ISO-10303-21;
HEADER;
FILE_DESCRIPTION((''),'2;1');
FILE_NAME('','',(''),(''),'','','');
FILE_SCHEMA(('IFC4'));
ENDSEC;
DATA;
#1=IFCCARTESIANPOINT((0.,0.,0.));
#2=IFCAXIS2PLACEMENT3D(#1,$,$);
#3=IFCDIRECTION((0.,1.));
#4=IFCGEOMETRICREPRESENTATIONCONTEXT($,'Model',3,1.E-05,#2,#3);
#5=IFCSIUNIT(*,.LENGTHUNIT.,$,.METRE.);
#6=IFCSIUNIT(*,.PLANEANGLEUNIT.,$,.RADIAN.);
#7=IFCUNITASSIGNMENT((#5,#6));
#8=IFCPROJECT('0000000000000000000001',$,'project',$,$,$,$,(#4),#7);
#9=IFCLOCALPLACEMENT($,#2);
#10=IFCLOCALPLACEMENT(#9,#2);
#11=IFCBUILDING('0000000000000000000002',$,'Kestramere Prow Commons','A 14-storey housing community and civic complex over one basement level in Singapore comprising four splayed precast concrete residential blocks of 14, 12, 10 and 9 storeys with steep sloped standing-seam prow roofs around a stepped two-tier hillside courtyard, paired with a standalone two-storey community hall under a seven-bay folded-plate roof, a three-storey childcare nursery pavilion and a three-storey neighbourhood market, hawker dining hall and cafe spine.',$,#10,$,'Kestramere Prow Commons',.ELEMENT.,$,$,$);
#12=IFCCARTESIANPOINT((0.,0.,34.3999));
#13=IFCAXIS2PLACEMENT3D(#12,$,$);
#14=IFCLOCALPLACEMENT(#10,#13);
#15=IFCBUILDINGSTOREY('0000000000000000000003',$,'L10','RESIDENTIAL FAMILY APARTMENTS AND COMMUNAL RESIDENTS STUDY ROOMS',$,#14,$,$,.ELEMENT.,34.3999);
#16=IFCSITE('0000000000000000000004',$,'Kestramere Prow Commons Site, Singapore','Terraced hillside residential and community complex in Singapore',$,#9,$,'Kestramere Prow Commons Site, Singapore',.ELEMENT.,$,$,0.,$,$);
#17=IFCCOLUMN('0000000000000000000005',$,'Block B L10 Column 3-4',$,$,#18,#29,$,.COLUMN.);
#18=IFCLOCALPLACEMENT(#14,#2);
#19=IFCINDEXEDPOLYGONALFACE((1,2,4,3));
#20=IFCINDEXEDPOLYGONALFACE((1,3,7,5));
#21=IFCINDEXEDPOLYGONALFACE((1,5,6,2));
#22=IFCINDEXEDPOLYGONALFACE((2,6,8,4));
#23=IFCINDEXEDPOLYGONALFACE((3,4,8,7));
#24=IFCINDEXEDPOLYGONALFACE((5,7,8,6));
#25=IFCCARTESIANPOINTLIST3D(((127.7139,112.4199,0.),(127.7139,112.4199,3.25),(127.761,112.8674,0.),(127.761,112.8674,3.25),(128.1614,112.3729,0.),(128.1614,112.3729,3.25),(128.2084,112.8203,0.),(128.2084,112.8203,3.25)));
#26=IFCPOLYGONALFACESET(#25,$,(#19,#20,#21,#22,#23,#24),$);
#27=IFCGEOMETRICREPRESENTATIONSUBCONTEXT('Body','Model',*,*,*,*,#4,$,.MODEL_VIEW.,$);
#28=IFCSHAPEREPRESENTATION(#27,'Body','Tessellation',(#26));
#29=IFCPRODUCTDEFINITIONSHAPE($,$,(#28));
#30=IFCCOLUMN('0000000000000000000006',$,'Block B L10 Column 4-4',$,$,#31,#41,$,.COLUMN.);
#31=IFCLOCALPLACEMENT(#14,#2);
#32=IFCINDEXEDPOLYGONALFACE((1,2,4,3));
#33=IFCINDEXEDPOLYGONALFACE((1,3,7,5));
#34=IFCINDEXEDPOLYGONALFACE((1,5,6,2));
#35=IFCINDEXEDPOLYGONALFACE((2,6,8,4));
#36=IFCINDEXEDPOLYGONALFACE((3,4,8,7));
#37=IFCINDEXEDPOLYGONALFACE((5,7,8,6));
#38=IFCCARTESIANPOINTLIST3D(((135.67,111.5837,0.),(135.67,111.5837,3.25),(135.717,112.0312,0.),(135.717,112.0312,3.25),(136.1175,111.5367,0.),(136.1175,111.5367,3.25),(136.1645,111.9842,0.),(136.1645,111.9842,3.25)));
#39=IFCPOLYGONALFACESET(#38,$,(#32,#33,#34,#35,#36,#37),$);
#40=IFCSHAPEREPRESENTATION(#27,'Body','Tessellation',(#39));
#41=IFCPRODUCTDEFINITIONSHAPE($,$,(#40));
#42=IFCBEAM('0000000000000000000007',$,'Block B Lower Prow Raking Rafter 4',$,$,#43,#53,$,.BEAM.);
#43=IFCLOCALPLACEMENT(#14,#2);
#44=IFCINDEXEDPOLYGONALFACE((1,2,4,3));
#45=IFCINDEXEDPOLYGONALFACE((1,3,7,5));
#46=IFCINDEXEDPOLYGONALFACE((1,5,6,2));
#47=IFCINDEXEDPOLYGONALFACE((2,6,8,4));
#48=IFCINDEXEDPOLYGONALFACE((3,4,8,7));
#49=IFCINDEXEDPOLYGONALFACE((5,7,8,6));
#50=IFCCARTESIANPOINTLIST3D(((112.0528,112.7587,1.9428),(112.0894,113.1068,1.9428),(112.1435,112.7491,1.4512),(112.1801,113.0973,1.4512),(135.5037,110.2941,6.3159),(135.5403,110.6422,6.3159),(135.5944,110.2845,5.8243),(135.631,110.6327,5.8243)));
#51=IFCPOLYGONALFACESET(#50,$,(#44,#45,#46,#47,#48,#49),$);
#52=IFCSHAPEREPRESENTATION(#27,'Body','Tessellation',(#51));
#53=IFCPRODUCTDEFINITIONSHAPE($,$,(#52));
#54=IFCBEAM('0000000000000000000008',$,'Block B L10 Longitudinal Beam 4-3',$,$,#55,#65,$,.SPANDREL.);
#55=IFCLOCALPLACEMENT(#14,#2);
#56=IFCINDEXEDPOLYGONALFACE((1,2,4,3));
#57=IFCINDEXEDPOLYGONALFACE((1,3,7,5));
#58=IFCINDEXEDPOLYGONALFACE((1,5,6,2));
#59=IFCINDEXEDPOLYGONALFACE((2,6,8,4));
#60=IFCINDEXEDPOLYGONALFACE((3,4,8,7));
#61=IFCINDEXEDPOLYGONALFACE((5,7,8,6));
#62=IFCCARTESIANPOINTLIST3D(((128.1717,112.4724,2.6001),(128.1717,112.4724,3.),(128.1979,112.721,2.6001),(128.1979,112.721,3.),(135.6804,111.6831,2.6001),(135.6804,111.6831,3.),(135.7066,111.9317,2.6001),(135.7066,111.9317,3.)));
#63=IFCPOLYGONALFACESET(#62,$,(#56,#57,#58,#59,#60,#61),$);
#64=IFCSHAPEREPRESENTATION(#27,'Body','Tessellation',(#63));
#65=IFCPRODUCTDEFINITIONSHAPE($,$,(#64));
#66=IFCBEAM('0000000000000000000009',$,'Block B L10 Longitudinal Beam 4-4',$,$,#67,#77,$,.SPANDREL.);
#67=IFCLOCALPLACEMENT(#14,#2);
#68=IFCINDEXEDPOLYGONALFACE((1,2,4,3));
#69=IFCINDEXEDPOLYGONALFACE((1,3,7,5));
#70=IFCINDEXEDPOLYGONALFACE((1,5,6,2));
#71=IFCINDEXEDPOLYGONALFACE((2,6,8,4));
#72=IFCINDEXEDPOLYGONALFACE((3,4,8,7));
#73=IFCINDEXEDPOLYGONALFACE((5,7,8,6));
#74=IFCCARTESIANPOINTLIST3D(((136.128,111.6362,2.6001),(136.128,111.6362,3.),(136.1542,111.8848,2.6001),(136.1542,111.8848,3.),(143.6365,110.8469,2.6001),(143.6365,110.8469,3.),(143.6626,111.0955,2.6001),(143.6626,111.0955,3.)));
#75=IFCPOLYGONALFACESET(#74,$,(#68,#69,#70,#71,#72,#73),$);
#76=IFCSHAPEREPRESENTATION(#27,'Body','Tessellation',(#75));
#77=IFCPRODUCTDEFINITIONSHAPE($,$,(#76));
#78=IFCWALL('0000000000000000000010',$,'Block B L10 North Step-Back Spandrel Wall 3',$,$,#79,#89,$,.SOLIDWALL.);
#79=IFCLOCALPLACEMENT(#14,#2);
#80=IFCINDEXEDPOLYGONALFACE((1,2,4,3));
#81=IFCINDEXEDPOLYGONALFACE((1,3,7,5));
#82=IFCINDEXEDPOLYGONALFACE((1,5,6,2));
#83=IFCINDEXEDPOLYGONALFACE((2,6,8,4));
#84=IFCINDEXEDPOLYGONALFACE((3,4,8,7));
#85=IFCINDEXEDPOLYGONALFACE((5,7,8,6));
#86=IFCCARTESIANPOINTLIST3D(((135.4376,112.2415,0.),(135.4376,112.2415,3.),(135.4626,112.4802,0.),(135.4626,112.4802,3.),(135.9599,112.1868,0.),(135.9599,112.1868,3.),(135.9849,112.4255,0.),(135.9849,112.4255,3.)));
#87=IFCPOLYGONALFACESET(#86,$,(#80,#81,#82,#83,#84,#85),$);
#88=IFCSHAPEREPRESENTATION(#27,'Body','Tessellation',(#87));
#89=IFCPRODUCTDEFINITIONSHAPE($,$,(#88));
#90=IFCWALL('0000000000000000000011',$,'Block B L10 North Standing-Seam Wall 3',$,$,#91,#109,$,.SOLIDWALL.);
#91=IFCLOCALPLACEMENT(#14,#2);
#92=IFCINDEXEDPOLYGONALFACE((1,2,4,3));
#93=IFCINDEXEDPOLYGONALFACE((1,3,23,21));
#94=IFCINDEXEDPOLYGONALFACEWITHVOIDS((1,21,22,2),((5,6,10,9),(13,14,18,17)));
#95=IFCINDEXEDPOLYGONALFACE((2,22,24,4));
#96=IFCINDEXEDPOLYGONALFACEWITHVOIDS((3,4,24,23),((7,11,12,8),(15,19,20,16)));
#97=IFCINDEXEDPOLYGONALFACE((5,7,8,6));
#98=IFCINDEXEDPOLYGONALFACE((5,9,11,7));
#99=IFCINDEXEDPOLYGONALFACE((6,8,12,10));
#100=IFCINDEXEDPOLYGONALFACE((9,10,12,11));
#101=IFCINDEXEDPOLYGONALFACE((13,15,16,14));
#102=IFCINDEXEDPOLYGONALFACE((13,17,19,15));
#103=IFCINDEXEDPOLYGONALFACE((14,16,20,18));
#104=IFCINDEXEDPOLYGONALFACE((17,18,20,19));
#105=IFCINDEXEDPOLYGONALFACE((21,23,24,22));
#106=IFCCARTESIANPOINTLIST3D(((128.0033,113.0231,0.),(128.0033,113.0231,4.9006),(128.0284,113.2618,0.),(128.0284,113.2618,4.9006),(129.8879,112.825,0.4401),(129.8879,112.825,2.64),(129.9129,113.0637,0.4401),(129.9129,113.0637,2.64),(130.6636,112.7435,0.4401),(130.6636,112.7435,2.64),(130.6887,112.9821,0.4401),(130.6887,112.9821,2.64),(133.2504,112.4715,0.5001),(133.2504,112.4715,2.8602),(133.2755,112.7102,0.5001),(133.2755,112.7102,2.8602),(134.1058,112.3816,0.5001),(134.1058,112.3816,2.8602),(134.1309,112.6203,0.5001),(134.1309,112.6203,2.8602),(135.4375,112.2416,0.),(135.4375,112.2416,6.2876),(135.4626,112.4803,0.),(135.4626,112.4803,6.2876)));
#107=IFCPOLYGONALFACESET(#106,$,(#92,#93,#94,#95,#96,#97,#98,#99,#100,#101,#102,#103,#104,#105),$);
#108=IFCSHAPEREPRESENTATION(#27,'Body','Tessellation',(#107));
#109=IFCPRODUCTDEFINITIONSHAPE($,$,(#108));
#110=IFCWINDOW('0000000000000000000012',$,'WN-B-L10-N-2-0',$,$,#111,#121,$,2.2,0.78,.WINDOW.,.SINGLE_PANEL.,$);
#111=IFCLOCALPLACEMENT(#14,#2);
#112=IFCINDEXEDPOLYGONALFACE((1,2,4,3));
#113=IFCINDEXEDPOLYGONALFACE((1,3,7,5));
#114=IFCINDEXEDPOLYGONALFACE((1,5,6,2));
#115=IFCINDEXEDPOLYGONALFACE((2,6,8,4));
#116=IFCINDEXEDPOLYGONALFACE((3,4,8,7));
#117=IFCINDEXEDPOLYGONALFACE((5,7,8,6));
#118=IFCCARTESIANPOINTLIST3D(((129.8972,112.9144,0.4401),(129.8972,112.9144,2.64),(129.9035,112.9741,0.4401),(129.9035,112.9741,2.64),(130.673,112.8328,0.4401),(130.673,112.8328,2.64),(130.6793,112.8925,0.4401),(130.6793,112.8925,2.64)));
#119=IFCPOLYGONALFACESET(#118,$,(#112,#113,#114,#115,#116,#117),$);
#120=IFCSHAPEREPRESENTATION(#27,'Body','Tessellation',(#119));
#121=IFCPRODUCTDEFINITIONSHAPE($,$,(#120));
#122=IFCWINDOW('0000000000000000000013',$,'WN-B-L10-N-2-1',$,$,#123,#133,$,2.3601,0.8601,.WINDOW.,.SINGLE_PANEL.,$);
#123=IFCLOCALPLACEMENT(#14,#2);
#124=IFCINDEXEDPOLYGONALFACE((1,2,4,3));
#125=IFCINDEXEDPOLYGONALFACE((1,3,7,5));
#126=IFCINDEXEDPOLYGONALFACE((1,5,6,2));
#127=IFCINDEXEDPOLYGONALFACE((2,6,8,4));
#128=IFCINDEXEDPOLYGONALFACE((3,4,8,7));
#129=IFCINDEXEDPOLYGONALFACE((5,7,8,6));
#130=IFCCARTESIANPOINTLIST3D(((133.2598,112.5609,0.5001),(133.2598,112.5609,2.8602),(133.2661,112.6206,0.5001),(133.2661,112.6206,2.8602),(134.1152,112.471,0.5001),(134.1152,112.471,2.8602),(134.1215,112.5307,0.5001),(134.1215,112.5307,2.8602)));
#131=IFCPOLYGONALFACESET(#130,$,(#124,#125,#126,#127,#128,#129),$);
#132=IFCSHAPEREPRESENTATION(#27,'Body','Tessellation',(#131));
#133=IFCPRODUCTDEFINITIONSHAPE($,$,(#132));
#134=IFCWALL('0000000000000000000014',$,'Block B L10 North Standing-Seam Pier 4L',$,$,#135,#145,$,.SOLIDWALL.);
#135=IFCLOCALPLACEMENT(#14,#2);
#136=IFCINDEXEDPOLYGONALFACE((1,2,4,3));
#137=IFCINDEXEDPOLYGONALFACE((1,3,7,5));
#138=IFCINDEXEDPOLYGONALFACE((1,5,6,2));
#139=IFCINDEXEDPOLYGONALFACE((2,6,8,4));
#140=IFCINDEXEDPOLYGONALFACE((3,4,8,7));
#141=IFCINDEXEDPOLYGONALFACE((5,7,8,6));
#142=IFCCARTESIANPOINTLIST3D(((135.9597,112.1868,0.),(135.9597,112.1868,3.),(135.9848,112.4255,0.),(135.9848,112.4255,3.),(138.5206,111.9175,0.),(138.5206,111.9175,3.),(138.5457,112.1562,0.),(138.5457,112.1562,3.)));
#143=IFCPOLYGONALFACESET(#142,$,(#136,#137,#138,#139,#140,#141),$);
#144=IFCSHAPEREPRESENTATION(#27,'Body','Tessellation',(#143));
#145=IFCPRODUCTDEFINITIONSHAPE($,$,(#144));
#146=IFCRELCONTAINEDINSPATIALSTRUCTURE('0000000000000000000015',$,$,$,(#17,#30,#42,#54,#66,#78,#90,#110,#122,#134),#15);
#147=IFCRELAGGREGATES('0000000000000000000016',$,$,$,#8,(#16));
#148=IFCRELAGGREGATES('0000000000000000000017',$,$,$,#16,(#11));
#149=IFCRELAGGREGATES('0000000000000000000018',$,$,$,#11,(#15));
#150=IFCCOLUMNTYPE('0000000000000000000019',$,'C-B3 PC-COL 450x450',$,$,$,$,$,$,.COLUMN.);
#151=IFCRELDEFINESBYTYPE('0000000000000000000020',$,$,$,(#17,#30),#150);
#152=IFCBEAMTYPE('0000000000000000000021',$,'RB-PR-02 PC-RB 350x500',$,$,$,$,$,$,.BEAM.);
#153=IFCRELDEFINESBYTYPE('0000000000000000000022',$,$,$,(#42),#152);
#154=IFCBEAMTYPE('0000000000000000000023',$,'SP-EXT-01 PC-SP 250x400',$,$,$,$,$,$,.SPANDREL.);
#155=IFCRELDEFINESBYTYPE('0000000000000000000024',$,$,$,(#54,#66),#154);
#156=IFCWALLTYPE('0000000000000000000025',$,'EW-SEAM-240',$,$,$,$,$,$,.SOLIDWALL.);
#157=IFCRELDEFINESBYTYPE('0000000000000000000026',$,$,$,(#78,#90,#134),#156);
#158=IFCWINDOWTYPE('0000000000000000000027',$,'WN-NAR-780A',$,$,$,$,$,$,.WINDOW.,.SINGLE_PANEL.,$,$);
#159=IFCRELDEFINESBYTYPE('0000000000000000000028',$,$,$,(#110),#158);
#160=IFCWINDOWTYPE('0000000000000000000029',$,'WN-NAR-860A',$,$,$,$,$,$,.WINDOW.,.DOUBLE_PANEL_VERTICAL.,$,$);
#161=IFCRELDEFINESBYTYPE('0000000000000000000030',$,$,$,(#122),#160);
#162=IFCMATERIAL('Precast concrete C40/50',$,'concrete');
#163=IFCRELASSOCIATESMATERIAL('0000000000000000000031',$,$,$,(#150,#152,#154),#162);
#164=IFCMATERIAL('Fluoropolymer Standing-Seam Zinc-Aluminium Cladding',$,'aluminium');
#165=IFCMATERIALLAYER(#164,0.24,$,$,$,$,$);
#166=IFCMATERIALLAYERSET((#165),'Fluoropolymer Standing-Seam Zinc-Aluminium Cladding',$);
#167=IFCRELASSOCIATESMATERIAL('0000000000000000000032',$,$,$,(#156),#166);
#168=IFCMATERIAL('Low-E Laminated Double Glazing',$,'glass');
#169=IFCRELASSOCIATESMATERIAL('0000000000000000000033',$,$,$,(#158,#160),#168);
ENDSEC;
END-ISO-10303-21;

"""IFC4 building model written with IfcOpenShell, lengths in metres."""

from ifc_helpers import new_model, si_unit, direction, frame, frame_2d, origin, origin_2d, place, context, subcontext, project, spatial, polyline, rectangle, outline, extrude, material, layer, layer_set, material_profile, profile_set, type_object, element, fill, save


model = new_model("IFC4")

# Units and contexts
model_context = context("Model", 3, precision=1e-05, world=origin(), true_north=direction((0.0, 1.0)))
body_context = subcontext(model_context, "Body", "Model", "MODEL_VIEW")
ifc_project = project(units=[si_unit("LENGTHUNIT", "METRE"), si_unit("PLANEANGLEUNIT", "RADIAN")], contexts=[model_context])

# Site, building, storey
site_placement = place(None, origin())
site = spatial("IfcSite", under=ifc_project, at=site_placement, Name="Kestramere Prow Commons Site, Singapore", Description="Terraced hillside residential and community complex in Singapore", LongName="Kestramere Prow Commons Site, Singapore", CompositionType="ELEMENT", RefElevation=0.0)
building_placement = place(site_placement, origin())
building = spatial("IfcBuilding", under=site, at=building_placement, Name="Kestramere Prow Commons", Description="A 14-storey housing community and civic complex over one basement level in Singapore comprising four splayed precast concrete residential blocks of 14, 12, 10 and 9 storeys with steep sloped standing-seam prow roofs around a stepped two-tier hillside courtyard, paired with a standalone two-storey community hall under a seven-bay folded-plate roof, a three-storey childcare nursery pavilion and a three-storey neighbourhood market, hawker dining hall and cafe spine.", LongName="Kestramere Prow Commons", CompositionType="ELEMENT")
storey_placement = place(building_placement, frame((0.0, 0.0, 34.3999)))
storey = spatial("IfcBuildingStorey", under=building, at=storey_placement, Name="L10", Description="RESIDENTIAL FAMILY APARTMENTS AND COMMUNAL RESIDENTS STUDY ROOMS", CompositionType="ELEMENT", Elevation=34.3999)

# Columns
ifc_material_1 = material(Name="Precast concrete C40/50", Category="concrete")
ifc_material_profile_1 = material_profile(ifc_material_1, rectangle(XDim=0.45, YDim=0.45, at=origin_2d()), Name="PC-COL 450x450")
ifc_profile_set_1 = profile_set([ifc_material_profile_1], Name="Precast concrete C40/50")
column_type = type_object("IfcColumnType", Name="C-B3 PC-COL 450x450", PredefinedType="COLUMN", material=ifc_profile_set_1)
for number, where, z_axis, x_axis, name in (
    (1, (127.9612, 112.6201, 0.0), (0.0, 0.0, 1.0), (0.994522, -0.104528, 0.0), "Block B L10 Column 3-4"),
    (2, (135.9172, 111.7839, 0.0), (0.0, 0.0, 1.0), (0.994522, -0.104528, 0.0), "Block B L10 Column 4-4"),
):
    element("IfcColumn", number, at=place(storey_placement, frame(where, z_axis=z_axis, x_axis=x_axis)), inside=storey, type_object=column_type, Name=name, PredefinedType="COLUMN", context=body_context, shape_type="SweptSolid", body=[
        extrude(rectangle(XDim=0.45, YDim=0.45, at=origin_2d()), origin(), (0.0, 0.0, 1.0), 3.25),
    ])

# Beams
ifc_material_profile_2 = material_profile(ifc_material_1, rectangle(XDim=0.3501, YDim=0.5, at=origin_2d()), Name="PC-RB 350x500")
ifc_profile_set_2 = profile_set([ifc_material_profile_2], Name="Precast concrete C40/50")
beam_type_1 = type_object("IfcBeamType", Name="RB-PR-02 PC-RB 350x500", PredefinedType="BEAM", material=ifc_profile_set_2)
beam_1_placement = place(storey_placement, frame((135.5674, 110.4634, 6.0701), z_axis=(-0.977849, 0.102768, -0.182346), x_axis=(-0.10452, -0.994523, 0.0)))
element("IfcBeam", 3, at=beam_1_placement, inside=storey, type_object=beam_type_1, Name="Block B Lower Prow Raking Rafter 4", PredefinedType="BEAM", context=body_context, shape_type="SweptSolid", body=[
    extrude(rectangle(XDim=0.3501, YDim=0.5, at=origin_2d()), origin(), (0.0, 0.0, 1.0), 23.9822),
])
ifc_material_profile_3 = material_profile(ifc_material_1, rectangle(XDim=0.25, YDim=0.3999, at=origin_2d()), Name="PC-SP 250x400")
ifc_profile_set_3 = profile_set([ifc_material_profile_3], Name="Precast concrete C40/50")
beam_type_2 = type_object("IfcBeamType", Name="SP-EXT-01 PC-SP 250x400", PredefinedType="SPANDREL", material=ifc_profile_set_3)
beam_2_placement = place(storey_placement, frame((128.1848, 112.5967, 2.8), z_axis=(0.994521, -0.104542, 0.0), x_axis=(0.104542, 0.994521, 0.0)))
element("IfcBeam", 4, at=beam_2_placement, inside=storey, type_object=beam_type_2, Name="Block B L10 Longitudinal Beam 4-3", PredefinedType="SPANDREL", context=body_context, shape_type="SweptSolid", body=[
    extrude(rectangle(XDim=0.25, YDim=0.3999, at=origin_2d()), origin(), (0.0, 0.0, 1.0), 7.55),
])
beam_3_placement = place(storey_placement, frame((136.1411, 111.7605, 2.8), z_axis=(0.99452, -0.104545, 0.0), x_axis=(0.104545, 0.99452, 0.0)))
element("IfcBeam", 5, at=beam_3_placement, inside=storey, type_object=beam_type_2, Name="Block B L10 Longitudinal Beam 4-4", PredefinedType="SPANDREL", context=body_context, shape_type="SweptSolid", body=[
    extrude(rectangle(XDim=0.25, YDim=0.3999, at=origin_2d()), origin(), (0.0, 0.0, 1.0), 7.5498),
])

# Wall
ifc_material_2 = material(Name="Fluoropolymer Standing-Seam Zinc-Aluminium Cladding", Category="aluminium")
ifc_layer_1 = layer(ifc_material_2, 0.24)
ifc_layer_set_1 = layer_set([ifc_layer_1], Name="Fluoropolymer Standing-Seam Zinc-Aluminium Cladding")
wall_type_1 = type_object("IfcWallType", Name="EW-SEAM-240", PredefinedType="SOLIDWALL", material=ifc_layer_set_1)
wall_1_placement = place(storey_placement, frame((135.45, 112.3608, 0.0), z_axis=(0.0, 0.0, 1.0), x_axis=(0.994561, -0.104152, 0.0)))
element("IfcWall", 6, at=wall_1_placement, inside=storey, type_object=wall_type_1, Name="Block B L10 North Step-Back Spandrel Wall 3", PredefinedType="SOLIDWALL", context=body_context, shape_type="SweptSolid", body=[
    extrude(rectangle(XDim=0.5251, YDim=0.24, at=frame_2d((0.2627, 0.0))), origin(), (0.0, 0.0, 1.0), 3.0),
])

# Wall, openings, windows
wall_2_placement = place(storey_placement, frame((128.0159, 113.1423, 0.0), z_axis=(0.0, 0.0, 1.0), x_axis=(0.99452, -0.104547, 0.0)))
wall_2 = element("IfcWall", 7, at=wall_2_placement, inside=storey, type_object=wall_type_1, Name="Block B L10 North Standing-Seam Wall 3", PredefinedType="SOLIDWALL", context=body_context, shape_type="SweptSolid", body=[
    extrude(outline(polyline([(0.0, 0.0), (7.4751, 0.0), (7.4751, 6.2876), (0.0, 4.9006), (0.0, 0.0)])), frame((0.0, 0.1201, 0.0), z_axis=(0.0, -1.0, 0.0), x_axis=(1.0, 0.0, 0.0)), (0.0, 0.0, 1.0), 0.24),
])
opening_1_placement = place(wall_2_placement, frame((1.8948, 0.0, 0.4399)))
opening_1 = element("IfcOpeningElement", 8, at=opening_1_placement, cuts=wall_2, PredefinedType="OPENING", context=body_context, shape_type="SweptSolid", body=[
    extrude(rectangle(XDim=0.78, YDim=2.2, at=frame_2d((0.3901, 1.1001))), frame((0.0, 0.135, 0.0), z_axis=(0.0, -1.0, 0.0), x_axis=(1.0, 0.0, 0.0)), (0.0, 0.0, 1.0), 0.27),
])
opening_2_placement = place(wall_2_placement, frame((5.2759, 0.0, 0.5)))
opening_2 = element("IfcOpeningElement", 9, at=opening_2_placement, cuts=wall_2, PredefinedType="OPENING", context=body_context, shape_type="SweptSolid", body=[
    extrude(rectangle(XDim=0.8601, YDim=2.3601, at=frame_2d((0.4302, 1.1802))), frame((0.0, 0.135, 0.0), z_axis=(0.0, -1.0, 0.0), x_axis=(1.0, 0.0, 0.0)), (0.0, 0.0, 1.0), 0.27),
])
ifc_material_3 = material(Name="Low-E Laminated Double Glazing", Category="glass")
window_type_1 = type_object("IfcWindowType", Name="WN-NAR-780A", PartitioningType="SINGLE_PANEL", PredefinedType="WINDOW", material=ifc_material_3)
window_1_placement = place(opening_1_placement, origin())
window_1 = element("IfcWindow", 10, at=window_1_placement, inside=storey, type_object=window_type_1, Name="WN-B-L10-N-2-0", OverallHeight=2.2, OverallWidth=0.78, PartitioningType="SINGLE_PANEL", PredefinedType="WINDOW", context=body_context, shape_type="SweptSolid", body=[
    extrude(rectangle(XDim=0.78, YDim=2.2, at=frame_2d((0.3901, 1.1001))), frame((0.0, 0.03, 0.0), z_axis=(0.0, -1.0, 0.0), x_axis=(1.0, 0.0, 0.0)), (0.0, 0.0, 1.0), 0.0601),
])
fill(opening_1, window_1)
window_type_2 = type_object("IfcWindowType", Name="WN-NAR-860A", PartitioningType="DOUBLE_PANEL_VERTICAL", PredefinedType="WINDOW", material=ifc_material_3)
window_2_placement = place(opening_2_placement, origin())
window_2 = element("IfcWindow", 11, at=window_2_placement, inside=storey, type_object=window_type_2, Name="WN-B-L10-N-2-1", OverallHeight=2.3601, OverallWidth=0.8601, PartitioningType="SINGLE_PANEL", PredefinedType="WINDOW", context=body_context, shape_type="SweptSolid", body=[
    extrude(rectangle(XDim=0.8601, YDim=2.3601, at=frame_2d((0.4302, 1.1802))), frame((0.0, 0.03, 0.0), z_axis=(0.0, -1.0, 0.0), x_axis=(1.0, 0.0, 0.0)), (0.0, 0.0, 1.0), 0.0601),
])
fill(opening_2, window_2)

# Wall
wall_3_placement = place(storey_placement, frame((135.9722, 112.3062, 0.0), z_axis=(0.0, 0.0, 1.0), x_axis=(0.994516, -0.104581, 0.0)))
element("IfcWall", 12, at=wall_3_placement, inside=storey, type_object=wall_type_1, Name="Block B L10 North Standing-Seam Pier 4L", PredefinedType="SOLIDWALL", context=body_context, shape_type="SweptSolid", body=[
    extrude(rectangle(XDim=2.575, YDim=0.24, at=frame_2d((1.2876, 0.0))), origin(), (0.0, 0.0, 1.0), 3.0),
])

save(model, "model.ifc")
